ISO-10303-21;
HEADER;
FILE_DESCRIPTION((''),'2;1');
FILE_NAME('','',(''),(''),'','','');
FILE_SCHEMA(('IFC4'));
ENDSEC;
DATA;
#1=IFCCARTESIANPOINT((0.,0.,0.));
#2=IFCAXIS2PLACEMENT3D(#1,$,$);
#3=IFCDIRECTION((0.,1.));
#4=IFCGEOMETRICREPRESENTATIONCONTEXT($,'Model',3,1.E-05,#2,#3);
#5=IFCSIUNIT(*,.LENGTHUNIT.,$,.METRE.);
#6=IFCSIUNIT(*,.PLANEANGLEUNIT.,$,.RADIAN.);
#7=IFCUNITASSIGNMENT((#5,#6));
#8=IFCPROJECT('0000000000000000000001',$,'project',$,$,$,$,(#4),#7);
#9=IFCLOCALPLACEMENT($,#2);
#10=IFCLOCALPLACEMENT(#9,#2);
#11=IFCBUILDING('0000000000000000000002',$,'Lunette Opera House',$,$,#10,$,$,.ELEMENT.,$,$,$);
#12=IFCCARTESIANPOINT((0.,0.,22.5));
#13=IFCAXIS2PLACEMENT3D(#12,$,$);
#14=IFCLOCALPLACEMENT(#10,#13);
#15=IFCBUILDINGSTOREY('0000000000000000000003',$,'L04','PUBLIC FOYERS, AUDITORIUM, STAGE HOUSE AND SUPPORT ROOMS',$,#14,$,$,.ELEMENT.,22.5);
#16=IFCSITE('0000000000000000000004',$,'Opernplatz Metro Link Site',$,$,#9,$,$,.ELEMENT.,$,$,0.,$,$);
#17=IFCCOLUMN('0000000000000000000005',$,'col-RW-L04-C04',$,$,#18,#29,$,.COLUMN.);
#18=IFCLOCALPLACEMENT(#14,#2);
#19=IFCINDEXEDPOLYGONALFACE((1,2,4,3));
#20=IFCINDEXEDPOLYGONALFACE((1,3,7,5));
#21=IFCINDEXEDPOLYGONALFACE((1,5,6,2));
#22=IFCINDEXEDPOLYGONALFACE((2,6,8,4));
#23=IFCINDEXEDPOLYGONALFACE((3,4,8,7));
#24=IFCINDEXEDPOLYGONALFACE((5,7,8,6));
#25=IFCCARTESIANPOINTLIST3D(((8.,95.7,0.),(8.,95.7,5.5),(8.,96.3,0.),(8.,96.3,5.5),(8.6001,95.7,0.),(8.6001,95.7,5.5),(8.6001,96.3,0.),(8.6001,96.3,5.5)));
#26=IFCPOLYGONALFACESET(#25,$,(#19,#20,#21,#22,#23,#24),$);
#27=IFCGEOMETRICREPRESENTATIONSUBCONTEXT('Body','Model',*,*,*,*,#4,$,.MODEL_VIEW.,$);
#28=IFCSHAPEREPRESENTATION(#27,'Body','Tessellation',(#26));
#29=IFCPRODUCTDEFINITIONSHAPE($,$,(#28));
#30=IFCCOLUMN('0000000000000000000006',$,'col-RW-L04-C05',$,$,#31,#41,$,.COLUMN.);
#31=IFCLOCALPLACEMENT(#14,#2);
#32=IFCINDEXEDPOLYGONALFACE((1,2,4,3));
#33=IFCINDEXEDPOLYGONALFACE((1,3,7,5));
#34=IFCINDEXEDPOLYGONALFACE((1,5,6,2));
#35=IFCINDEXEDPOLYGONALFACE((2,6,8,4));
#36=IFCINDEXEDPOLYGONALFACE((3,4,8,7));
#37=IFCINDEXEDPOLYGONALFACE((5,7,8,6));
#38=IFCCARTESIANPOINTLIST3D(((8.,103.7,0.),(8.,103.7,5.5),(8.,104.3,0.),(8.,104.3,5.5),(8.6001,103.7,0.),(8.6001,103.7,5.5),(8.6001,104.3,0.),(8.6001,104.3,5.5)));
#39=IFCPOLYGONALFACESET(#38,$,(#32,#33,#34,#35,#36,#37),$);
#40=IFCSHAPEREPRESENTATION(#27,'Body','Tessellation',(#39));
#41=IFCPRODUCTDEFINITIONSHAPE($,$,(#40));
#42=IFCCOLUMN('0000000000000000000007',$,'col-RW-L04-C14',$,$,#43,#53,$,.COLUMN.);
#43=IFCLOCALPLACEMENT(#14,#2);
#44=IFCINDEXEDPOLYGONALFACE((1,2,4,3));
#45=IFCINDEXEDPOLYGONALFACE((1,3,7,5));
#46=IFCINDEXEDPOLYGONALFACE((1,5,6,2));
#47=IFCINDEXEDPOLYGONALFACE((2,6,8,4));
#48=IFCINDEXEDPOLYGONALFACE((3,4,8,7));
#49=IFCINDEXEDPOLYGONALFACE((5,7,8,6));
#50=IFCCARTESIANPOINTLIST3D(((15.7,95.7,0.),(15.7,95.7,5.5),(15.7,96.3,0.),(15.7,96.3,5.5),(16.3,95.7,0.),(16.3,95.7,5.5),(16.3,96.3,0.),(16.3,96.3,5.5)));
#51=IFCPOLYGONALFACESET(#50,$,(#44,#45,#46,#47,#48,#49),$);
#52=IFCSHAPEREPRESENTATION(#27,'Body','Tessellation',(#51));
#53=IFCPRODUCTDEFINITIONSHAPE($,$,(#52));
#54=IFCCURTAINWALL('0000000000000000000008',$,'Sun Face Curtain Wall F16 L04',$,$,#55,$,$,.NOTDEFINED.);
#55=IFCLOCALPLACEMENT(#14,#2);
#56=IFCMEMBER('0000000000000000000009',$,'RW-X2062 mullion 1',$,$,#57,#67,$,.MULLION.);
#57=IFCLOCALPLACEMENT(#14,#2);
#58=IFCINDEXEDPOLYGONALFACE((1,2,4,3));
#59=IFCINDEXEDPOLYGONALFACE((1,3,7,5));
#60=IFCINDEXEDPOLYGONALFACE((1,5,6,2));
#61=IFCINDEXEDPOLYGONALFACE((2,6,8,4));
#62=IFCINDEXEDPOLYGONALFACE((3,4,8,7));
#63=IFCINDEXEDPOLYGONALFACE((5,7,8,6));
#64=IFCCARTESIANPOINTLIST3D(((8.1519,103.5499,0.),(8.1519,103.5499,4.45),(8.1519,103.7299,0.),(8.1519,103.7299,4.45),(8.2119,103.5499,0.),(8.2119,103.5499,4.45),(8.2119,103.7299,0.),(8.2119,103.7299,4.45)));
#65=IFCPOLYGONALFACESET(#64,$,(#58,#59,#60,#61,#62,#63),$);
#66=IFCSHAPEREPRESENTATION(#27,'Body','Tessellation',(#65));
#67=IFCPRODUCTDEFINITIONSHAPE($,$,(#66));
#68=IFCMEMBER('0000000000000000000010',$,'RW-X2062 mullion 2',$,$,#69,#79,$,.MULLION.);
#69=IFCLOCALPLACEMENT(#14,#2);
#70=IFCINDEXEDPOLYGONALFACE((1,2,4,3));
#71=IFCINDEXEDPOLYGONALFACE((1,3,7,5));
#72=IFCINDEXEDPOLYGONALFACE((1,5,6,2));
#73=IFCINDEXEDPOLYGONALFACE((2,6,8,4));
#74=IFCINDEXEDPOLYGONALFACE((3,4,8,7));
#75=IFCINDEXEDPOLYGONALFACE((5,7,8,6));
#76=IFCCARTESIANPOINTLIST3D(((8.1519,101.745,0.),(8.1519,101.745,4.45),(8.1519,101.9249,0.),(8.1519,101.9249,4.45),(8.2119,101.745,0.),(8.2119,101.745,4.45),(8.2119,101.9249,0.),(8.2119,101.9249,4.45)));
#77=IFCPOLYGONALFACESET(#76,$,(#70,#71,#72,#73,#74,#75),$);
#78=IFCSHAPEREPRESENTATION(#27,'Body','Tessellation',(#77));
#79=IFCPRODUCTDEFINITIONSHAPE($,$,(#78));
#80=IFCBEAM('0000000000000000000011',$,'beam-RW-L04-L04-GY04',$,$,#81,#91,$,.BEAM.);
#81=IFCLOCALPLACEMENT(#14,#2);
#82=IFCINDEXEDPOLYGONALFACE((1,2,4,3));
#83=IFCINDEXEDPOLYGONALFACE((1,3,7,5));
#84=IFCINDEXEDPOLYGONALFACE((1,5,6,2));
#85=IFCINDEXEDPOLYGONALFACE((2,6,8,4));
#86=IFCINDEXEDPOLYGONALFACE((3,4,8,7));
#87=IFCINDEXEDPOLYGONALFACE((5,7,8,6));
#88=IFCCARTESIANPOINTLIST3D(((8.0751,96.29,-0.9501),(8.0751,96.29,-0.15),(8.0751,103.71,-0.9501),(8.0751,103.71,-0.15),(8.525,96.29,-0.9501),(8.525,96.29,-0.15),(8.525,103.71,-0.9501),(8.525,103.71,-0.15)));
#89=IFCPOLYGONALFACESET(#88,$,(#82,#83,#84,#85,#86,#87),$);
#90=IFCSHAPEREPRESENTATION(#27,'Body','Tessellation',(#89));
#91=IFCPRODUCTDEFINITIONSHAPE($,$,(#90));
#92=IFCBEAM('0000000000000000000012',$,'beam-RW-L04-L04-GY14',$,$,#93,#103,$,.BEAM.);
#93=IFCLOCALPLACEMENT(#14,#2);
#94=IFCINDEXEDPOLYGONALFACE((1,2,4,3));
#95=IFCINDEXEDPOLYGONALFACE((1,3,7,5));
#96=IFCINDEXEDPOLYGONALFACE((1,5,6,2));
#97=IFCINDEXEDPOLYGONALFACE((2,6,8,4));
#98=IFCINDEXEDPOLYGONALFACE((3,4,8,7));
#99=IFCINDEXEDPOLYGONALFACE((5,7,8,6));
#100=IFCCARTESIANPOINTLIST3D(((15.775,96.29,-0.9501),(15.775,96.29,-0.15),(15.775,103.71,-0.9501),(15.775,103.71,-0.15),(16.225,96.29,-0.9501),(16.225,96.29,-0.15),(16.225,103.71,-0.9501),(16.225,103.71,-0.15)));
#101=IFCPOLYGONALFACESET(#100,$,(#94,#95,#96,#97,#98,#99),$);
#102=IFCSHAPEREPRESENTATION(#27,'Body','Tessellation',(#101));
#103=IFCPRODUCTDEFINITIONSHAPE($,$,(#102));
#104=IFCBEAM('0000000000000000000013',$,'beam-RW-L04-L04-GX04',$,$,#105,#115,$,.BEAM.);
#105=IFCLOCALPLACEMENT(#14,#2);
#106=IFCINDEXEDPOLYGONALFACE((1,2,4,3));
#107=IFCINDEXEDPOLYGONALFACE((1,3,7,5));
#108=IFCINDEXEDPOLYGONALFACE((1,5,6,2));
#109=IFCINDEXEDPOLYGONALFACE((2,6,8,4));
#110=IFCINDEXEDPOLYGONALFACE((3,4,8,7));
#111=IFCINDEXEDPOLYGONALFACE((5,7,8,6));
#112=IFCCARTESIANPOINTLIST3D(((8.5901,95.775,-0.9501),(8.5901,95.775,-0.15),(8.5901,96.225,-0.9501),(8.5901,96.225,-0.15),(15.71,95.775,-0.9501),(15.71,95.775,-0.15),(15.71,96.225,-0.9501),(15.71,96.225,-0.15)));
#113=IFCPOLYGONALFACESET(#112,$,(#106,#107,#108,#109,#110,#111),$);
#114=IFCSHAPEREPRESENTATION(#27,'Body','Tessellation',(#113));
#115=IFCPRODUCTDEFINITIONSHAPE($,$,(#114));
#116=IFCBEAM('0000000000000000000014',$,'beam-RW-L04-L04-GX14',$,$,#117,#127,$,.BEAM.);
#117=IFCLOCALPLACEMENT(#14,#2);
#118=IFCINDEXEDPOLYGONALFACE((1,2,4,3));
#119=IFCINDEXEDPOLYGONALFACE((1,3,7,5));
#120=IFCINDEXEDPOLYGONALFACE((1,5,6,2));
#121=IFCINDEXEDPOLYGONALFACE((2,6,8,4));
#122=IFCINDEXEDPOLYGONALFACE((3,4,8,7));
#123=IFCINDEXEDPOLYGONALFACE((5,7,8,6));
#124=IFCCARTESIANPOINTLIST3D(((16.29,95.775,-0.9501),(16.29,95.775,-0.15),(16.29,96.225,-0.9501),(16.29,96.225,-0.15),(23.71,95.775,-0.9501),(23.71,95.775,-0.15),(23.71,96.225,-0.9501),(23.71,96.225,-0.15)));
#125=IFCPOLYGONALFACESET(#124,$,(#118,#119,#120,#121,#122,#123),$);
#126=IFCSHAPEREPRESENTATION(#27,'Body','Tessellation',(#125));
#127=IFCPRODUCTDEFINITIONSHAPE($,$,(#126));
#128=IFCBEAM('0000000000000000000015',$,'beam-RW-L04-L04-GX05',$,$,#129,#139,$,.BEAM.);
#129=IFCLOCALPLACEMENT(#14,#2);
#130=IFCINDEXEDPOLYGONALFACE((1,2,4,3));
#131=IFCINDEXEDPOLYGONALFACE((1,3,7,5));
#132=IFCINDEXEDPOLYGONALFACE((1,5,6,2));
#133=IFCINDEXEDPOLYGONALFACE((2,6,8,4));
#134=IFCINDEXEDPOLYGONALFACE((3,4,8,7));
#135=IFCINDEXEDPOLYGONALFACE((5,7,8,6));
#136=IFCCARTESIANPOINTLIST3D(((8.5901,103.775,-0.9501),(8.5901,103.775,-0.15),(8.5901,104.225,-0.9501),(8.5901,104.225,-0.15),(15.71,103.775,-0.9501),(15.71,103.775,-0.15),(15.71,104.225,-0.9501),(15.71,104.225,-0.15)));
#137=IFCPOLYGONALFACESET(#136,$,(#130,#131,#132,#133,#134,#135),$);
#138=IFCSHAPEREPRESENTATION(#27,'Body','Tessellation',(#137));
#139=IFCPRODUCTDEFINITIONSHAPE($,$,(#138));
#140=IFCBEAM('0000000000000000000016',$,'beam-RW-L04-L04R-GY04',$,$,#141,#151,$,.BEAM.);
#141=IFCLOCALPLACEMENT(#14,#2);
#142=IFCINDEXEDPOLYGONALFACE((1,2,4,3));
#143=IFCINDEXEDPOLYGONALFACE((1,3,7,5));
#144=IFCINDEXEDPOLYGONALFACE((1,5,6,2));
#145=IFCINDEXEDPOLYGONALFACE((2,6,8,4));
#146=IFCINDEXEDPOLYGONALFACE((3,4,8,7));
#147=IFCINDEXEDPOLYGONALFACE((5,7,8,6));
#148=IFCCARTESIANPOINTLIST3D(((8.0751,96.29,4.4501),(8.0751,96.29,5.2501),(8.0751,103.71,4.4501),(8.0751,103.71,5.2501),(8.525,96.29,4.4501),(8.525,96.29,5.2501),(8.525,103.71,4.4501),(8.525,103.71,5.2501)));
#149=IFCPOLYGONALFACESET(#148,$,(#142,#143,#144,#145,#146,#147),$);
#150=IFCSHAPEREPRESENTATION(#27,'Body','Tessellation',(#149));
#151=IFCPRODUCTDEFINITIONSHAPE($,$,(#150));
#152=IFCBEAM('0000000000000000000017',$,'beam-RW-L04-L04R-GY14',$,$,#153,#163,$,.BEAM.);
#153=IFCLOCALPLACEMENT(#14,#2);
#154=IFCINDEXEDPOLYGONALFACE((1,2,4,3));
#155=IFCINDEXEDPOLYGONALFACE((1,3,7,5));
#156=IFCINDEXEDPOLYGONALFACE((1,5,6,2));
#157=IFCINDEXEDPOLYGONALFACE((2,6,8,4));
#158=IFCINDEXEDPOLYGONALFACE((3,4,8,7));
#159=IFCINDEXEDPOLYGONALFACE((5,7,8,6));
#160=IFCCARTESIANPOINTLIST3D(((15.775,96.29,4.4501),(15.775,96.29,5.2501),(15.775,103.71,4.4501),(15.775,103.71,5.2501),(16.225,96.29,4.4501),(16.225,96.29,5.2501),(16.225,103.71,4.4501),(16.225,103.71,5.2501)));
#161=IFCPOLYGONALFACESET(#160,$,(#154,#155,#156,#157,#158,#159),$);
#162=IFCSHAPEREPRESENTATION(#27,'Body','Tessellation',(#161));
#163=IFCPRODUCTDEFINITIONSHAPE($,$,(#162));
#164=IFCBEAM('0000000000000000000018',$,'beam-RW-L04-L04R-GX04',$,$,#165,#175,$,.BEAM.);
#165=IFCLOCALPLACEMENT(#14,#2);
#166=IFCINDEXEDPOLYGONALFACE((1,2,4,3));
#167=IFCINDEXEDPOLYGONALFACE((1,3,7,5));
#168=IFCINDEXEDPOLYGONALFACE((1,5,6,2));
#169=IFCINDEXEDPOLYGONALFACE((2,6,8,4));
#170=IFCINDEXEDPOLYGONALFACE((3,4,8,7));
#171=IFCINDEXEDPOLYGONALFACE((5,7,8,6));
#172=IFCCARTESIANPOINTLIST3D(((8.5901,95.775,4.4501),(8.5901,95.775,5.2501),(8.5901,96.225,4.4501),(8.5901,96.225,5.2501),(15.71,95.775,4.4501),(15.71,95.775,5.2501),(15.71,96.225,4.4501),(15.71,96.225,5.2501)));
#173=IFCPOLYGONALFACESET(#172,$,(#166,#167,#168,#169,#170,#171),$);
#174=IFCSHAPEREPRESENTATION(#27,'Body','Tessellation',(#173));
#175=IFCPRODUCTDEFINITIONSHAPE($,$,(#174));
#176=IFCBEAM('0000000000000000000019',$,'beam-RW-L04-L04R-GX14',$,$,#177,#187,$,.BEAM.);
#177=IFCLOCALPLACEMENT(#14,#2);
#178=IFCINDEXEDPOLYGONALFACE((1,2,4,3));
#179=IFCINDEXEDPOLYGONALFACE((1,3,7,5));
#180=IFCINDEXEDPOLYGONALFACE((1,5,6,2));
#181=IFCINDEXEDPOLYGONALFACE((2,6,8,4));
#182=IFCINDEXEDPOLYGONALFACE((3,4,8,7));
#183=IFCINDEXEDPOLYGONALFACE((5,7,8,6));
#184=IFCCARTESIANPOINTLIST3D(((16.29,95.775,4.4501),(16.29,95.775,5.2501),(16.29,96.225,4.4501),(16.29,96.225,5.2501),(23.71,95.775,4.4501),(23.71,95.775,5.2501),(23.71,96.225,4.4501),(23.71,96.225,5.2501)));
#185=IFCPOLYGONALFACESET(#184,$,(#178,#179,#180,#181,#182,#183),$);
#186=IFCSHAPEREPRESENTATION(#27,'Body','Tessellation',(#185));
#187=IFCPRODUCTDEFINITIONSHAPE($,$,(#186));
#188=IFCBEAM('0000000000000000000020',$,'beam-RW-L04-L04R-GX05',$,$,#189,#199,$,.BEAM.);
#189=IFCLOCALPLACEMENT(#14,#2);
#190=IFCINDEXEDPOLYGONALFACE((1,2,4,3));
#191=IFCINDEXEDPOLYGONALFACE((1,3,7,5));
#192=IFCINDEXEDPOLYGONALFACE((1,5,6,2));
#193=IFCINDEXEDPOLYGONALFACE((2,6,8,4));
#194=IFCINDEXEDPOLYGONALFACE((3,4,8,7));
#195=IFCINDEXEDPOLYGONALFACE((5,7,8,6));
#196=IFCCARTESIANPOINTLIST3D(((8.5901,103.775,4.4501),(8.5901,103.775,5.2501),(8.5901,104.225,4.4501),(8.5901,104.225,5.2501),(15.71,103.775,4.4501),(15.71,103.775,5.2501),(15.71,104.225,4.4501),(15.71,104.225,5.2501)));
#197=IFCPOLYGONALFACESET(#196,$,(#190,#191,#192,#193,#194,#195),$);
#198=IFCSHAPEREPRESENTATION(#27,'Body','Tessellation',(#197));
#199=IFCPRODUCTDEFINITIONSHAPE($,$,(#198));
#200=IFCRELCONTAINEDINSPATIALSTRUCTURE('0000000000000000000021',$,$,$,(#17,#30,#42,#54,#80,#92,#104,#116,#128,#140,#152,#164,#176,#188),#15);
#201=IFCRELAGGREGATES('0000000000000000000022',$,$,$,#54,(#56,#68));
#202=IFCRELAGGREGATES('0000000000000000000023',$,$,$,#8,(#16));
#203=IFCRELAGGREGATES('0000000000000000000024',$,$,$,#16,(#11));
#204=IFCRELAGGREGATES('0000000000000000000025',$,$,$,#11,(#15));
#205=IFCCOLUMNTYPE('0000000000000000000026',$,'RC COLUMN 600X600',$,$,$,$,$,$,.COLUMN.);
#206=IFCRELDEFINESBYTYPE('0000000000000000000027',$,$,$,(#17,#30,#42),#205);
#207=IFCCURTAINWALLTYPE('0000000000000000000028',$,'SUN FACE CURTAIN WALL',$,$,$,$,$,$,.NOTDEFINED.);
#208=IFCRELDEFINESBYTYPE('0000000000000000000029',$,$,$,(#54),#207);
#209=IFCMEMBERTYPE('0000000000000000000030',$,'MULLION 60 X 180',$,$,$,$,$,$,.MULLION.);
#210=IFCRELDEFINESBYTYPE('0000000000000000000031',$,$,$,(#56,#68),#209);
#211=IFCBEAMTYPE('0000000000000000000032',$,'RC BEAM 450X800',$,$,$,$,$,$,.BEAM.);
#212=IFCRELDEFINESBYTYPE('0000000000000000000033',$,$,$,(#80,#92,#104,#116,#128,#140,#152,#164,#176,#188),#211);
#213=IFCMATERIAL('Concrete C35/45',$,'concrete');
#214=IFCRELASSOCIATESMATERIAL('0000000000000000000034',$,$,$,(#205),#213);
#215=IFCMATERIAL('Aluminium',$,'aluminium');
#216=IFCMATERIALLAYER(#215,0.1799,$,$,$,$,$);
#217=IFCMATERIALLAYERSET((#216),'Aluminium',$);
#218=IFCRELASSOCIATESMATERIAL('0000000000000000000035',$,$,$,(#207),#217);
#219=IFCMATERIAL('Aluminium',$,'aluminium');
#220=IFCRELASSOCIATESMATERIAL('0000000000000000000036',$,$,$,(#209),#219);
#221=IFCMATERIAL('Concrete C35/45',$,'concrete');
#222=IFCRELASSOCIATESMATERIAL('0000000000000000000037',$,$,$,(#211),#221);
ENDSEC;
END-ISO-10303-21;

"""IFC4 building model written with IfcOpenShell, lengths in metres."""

from ifc_helpers import new_model, si_unit, direction, frame, origin, origin_2d, place, context, subcontext, project, spatial, rectangle, extrude, material, layer, layer_set, material_profile, profile_set, type_object, element, aggregate, save


model = new_model("IFC4")

# Units and contexts
model_context = context("Model", 3, precision=1e-05, world=origin(), true_north=direction((0.0, 1.0)))
body_context = subcontext(model_context, "Body", "Model", "MODEL_VIEW")
ifc_project = project(units=[si_unit("LENGTHUNIT", "METRE"), si_unit("PLANEANGLEUNIT", "RADIAN")], contexts=[model_context])

# Site, building, storey
site_placement = place(None, origin())
site = spatial("IfcSite", under=ifc_project, at=site_placement, Name="Opernplatz Metro Link Site", CompositionType="ELEMENT", RefElevation=0.0)
building_placement = place(site_placement, origin())
building = spatial("IfcBuilding", under=site, at=building_placement, Name="Lunette Opera House", CompositionType="ELEMENT")
storey_placement = place(building_placement, frame((0.0, 0.0, 22.5)))
storey = spatial("IfcBuildingStorey", under=building, at=storey_placement, Name="L04", Description="PUBLIC FOYERS, AUDITORIUM, STAGE HOUSE AND SUPPORT ROOMS", CompositionType="ELEMENT", Elevation=22.5)

# Columns
ifc_material_1 = material(Name="Concrete C35/45", Category="concrete")
ifc_material_profile_1 = material_profile(ifc_material_1, rectangle(XDim=0.6001, YDim=0.6001, at=origin_2d()), Name="RC COLUMN 600X600")
ifc_profile_set_1 = profile_set([ifc_material_profile_1], Name="Concrete C35/45")
column_type = type_object("IfcColumnType", Name="RC COLUMN 600X600", PredefinedType="COLUMN", material=ifc_profile_set_1)
for number, where, z_axis, x_axis, name in (
    (1, (8.3, 96.0, 0.0), (0.0, 0.0, 1.0), (1.0, 0.0, 0.0), "col-RW-L04-C04"),
    (2, (8.3, 104.0, 0.0), (0.0, 0.0, 1.0), (1.0, 0.0, 0.0), "col-RW-L04-C05"),
    (3, (16.0, 96.0, 0.0), (0.0, 0.0, 1.0), (1.0, 0.0, 0.0), "col-RW-L04-C14"),
):
    element("IfcColumn", number, at=place(storey_placement, frame(where, z_axis=z_axis, x_axis=x_axis)), inside=storey, type_object=column_type, Name=name, PredefinedType="COLUMN", context=body_context, shape_type="SweptSolid", body=[
        extrude(rectangle(XDim=0.6001, YDim=0.6001, at=origin_2d()), origin(), (0.0, 0.0, 1.0), 5.5),
    ])

# Curtain wall, members
ifc_material_2 = material(Name="Aluminium", Category="aluminium")
ifc_layer_1 = layer(ifc_material_2, 0.1799)
ifc_layer_set_1 = layer_set([ifc_layer_1], Name="Aluminium")
curtain_wall_type = type_object("IfcCurtainWallType", Name="SUN FACE CURTAIN WALL", PredefinedType="NOTDEFINED", material=ifc_layer_set_1)
curtain_wall_placement = place(storey_placement, origin())
curtain_wall = element("IfcCurtainWall", 4, at=curtain_wall_placement, inside=storey, type_object=curtain_wall_type, Name="Sun Face Curtain Wall F16 L04", PredefinedType="NOTDEFINED")
ifc_material_3 = material(Name="Aluminium", Category="aluminium")
ifc_material_profile_2 = material_profile(ifc_material_3, rectangle(XDim=0.0601, YDim=0.1799, at=origin_2d()), Name="MULLION 60 X 180")
ifc_profile_set_2 = profile_set([ifc_material_profile_2], Name="Aluminium")
member_type_1 = type_object("IfcMemberType", Name="MULLION 60 X 180", PredefinedType="MULLION", material=ifc_profile_set_2)
member_1_placement = place(storey_placement, frame((8.1819, 103.6399, 0.0), z_axis=(0.0, 0.0, 1.0), x_axis=(1.0, 0.0, 0.0)))
member_1 = element("IfcMember", 5, at=member_1_placement, type_object=member_type_1, Name="RW-X2062 mullion 1", PredefinedType="MULLION", context=body_context, shape_type="SweptSolid", body=[
    extrude(rectangle(XDim=0.0601, YDim=0.1799, at=origin_2d()), origin(), (0.0, 0.0, 1.0), 4.45),
])
member_2_placement = place(storey_placement, frame((8.1819, 101.835, 0.0), z_axis=(0.0, 0.0, 1.0), x_axis=(1.0, 0.0, 0.0)))
member_2 = element("IfcMember", 6, at=member_2_placement, type_object=member_type_1, Name="RW-X2062 mullion 2", PredefinedType="MULLION", context=body_context, shape_type="SweptSolid", body=[
    extrude(rectangle(XDim=0.0601, YDim=0.1799, at=origin_2d()), origin(), (0.0, 0.0, 1.0), 4.45),
])

# Beams
ifc_material_4 = material(Name="Concrete C35/45", Category="concrete")
ifc_material_profile_3 = material_profile(ifc_material_4, rectangle(XDim=0.45, YDim=0.8, at=origin_2d()), Name="RC BEAM 450X800")
ifc_profile_set_3 = profile_set([ifc_material_profile_3], Name="Concrete C35/45")
beam_type_1 = type_object("IfcBeamType", Name="RC BEAM 450X800", PredefinedType="BEAM", material=ifc_profile_set_3)
for number, where, z_axis, x_axis, name in (
    (7, (8.3, 96.29, -0.55), (0.0, 1.0, 0.0), (-1.0, 0.0, 0.0), "beam-RW-L04-L04-GY04"),
    (8, (16.0, 96.29, -0.55), (0.0, 1.0, 0.0), (-1.0, 0.0, 0.0), "beam-RW-L04-L04-GY14"),
):
    element("IfcBeam", number, at=place(storey_placement, frame(where, z_axis=z_axis, x_axis=x_axis)), inside=storey, type_object=beam_type_1, Name=name, PredefinedType="BEAM", context=body_context, shape_type="SweptSolid", body=[
        extrude(rectangle(XDim=0.45, YDim=0.8, at=origin_2d()), origin(), (0.0, 0.0, 1.0), 7.4199),
    ])
beam_1_placement = place(storey_placement, frame((8.5901, 96.0, -0.55), z_axis=(1.0, 0.0, 0.0), x_axis=(0.0, 1.0, 0.0)))
element("IfcBeam", 9, at=beam_1_placement, inside=storey, type_object=beam_type_1, Name="beam-RW-L04-L04-GX04", PredefinedType="BEAM", context=body_context, shape_type="SweptSolid", body=[
    extrude(rectangle(XDim=0.45, YDim=0.8, at=origin_2d()), origin(), (0.0, 0.0, 1.0), 7.1199),
])
beam_2_placement = place(storey_placement, frame((16.29, 96.0, -0.55), z_axis=(1.0, 0.0, 0.0), x_axis=(0.0, 1.0, 0.0)))
element("IfcBeam", 10, at=beam_2_placement, inside=storey, type_object=beam_type_1, Name="beam-RW-L04-L04-GX14", PredefinedType="BEAM", context=body_context, shape_type="SweptSolid", body=[
    extrude(rectangle(XDim=0.45, YDim=0.8, at=origin_2d()), origin(), (0.0, 0.0, 1.0), 7.4199),
])
beam_3_placement = place(storey_placement, frame((8.5901, 104.0, -0.55), z_axis=(1.0, 0.0, 0.0), x_axis=(0.0, 1.0, 0.0)))
element("IfcBeam", 11, at=beam_3_placement, inside=storey, type_object=beam_type_1, Name="beam-RW-L04-L04-GX05", PredefinedType="BEAM", context=body_context, shape_type="SweptSolid", body=[
    extrude(rectangle(XDim=0.45, YDim=0.8, at=origin_2d()), origin(), (0.0, 0.0, 1.0), 7.1199),
])
for number, where, z_axis, x_axis, name in (
    (12, (8.3, 96.29, 4.8501), (0.0, 1.0, 0.0), (-1.0, 0.0, 0.0), "beam-RW-L04-L04R-GY04"),
    (13, (16.0, 96.29, 4.8501), (0.0, 1.0, 0.0), (-1.0, 0.0, 0.0), "beam-RW-L04-L04R-GY14"),
):
    element("IfcBeam", number, at=place(storey_placement, frame(where, z_axis=z_axis, x_axis=x_axis)), inside=storey, type_object=beam_type_1, Name=name, PredefinedType="BEAM", context=body_context, shape_type="SweptSolid", body=[
        extrude(rectangle(XDim=0.45, YDim=0.8, at=origin_2d()), origin(), (0.0, 0.0, 1.0), 7.4199),
    ])
beam_4_placement = place(storey_placement, frame((8.5901, 96.0, 4.8501), z_axis=(1.0, 0.0, 0.0), x_axis=(0.0, 1.0, 0.0)))
element("IfcBeam", 14, at=beam_4_placement, inside=storey, type_object=beam_type_1, Name="beam-RW-L04-L04R-GX04", PredefinedType="BEAM", context=body_context, shape_type="SweptSolid", body=[
    extrude(rectangle(XDim=0.45, YDim=0.8, at=origin_2d()), origin(), (0.0, 0.0, 1.0), 7.1199),
])
beam_5_placement = place(storey_placement, frame((16.29, 96.0, 4.8501), z_axis=(1.0, 0.0, 0.0), x_axis=(0.0, 1.0, 0.0)))
element("IfcBeam", 15, at=beam_5_placement, inside=storey, type_object=beam_type_1, Name="beam-RW-L04-L04R-GX14", PredefinedType="BEAM", context=body_context, shape_type="SweptSolid", body=[
    extrude(rectangle(XDim=0.45, YDim=0.8, at=origin_2d()), origin(), (0.0, 0.0, 1.0), 7.4199),
])
beam_6_placement = place(storey_placement, frame((8.5901, 104.0, 4.8501), z_axis=(1.0, 0.0, 0.0), x_axis=(0.0, 1.0, 0.0)))
element("IfcBeam", 16, at=beam_6_placement, inside=storey, type_object=beam_type_1, Name="beam-RW-L04-L04R-GX05", PredefinedType="BEAM", context=body_context, shape_type="SweptSolid", body=[
    extrude(rectangle(XDim=0.45, YDim=0.8, at=origin_2d()), origin(), (0.0, 0.0, 1.0), 7.1199),
])

aggregate(curtain_wall, [member_1, member_2])

save(model, "model.ifc")
